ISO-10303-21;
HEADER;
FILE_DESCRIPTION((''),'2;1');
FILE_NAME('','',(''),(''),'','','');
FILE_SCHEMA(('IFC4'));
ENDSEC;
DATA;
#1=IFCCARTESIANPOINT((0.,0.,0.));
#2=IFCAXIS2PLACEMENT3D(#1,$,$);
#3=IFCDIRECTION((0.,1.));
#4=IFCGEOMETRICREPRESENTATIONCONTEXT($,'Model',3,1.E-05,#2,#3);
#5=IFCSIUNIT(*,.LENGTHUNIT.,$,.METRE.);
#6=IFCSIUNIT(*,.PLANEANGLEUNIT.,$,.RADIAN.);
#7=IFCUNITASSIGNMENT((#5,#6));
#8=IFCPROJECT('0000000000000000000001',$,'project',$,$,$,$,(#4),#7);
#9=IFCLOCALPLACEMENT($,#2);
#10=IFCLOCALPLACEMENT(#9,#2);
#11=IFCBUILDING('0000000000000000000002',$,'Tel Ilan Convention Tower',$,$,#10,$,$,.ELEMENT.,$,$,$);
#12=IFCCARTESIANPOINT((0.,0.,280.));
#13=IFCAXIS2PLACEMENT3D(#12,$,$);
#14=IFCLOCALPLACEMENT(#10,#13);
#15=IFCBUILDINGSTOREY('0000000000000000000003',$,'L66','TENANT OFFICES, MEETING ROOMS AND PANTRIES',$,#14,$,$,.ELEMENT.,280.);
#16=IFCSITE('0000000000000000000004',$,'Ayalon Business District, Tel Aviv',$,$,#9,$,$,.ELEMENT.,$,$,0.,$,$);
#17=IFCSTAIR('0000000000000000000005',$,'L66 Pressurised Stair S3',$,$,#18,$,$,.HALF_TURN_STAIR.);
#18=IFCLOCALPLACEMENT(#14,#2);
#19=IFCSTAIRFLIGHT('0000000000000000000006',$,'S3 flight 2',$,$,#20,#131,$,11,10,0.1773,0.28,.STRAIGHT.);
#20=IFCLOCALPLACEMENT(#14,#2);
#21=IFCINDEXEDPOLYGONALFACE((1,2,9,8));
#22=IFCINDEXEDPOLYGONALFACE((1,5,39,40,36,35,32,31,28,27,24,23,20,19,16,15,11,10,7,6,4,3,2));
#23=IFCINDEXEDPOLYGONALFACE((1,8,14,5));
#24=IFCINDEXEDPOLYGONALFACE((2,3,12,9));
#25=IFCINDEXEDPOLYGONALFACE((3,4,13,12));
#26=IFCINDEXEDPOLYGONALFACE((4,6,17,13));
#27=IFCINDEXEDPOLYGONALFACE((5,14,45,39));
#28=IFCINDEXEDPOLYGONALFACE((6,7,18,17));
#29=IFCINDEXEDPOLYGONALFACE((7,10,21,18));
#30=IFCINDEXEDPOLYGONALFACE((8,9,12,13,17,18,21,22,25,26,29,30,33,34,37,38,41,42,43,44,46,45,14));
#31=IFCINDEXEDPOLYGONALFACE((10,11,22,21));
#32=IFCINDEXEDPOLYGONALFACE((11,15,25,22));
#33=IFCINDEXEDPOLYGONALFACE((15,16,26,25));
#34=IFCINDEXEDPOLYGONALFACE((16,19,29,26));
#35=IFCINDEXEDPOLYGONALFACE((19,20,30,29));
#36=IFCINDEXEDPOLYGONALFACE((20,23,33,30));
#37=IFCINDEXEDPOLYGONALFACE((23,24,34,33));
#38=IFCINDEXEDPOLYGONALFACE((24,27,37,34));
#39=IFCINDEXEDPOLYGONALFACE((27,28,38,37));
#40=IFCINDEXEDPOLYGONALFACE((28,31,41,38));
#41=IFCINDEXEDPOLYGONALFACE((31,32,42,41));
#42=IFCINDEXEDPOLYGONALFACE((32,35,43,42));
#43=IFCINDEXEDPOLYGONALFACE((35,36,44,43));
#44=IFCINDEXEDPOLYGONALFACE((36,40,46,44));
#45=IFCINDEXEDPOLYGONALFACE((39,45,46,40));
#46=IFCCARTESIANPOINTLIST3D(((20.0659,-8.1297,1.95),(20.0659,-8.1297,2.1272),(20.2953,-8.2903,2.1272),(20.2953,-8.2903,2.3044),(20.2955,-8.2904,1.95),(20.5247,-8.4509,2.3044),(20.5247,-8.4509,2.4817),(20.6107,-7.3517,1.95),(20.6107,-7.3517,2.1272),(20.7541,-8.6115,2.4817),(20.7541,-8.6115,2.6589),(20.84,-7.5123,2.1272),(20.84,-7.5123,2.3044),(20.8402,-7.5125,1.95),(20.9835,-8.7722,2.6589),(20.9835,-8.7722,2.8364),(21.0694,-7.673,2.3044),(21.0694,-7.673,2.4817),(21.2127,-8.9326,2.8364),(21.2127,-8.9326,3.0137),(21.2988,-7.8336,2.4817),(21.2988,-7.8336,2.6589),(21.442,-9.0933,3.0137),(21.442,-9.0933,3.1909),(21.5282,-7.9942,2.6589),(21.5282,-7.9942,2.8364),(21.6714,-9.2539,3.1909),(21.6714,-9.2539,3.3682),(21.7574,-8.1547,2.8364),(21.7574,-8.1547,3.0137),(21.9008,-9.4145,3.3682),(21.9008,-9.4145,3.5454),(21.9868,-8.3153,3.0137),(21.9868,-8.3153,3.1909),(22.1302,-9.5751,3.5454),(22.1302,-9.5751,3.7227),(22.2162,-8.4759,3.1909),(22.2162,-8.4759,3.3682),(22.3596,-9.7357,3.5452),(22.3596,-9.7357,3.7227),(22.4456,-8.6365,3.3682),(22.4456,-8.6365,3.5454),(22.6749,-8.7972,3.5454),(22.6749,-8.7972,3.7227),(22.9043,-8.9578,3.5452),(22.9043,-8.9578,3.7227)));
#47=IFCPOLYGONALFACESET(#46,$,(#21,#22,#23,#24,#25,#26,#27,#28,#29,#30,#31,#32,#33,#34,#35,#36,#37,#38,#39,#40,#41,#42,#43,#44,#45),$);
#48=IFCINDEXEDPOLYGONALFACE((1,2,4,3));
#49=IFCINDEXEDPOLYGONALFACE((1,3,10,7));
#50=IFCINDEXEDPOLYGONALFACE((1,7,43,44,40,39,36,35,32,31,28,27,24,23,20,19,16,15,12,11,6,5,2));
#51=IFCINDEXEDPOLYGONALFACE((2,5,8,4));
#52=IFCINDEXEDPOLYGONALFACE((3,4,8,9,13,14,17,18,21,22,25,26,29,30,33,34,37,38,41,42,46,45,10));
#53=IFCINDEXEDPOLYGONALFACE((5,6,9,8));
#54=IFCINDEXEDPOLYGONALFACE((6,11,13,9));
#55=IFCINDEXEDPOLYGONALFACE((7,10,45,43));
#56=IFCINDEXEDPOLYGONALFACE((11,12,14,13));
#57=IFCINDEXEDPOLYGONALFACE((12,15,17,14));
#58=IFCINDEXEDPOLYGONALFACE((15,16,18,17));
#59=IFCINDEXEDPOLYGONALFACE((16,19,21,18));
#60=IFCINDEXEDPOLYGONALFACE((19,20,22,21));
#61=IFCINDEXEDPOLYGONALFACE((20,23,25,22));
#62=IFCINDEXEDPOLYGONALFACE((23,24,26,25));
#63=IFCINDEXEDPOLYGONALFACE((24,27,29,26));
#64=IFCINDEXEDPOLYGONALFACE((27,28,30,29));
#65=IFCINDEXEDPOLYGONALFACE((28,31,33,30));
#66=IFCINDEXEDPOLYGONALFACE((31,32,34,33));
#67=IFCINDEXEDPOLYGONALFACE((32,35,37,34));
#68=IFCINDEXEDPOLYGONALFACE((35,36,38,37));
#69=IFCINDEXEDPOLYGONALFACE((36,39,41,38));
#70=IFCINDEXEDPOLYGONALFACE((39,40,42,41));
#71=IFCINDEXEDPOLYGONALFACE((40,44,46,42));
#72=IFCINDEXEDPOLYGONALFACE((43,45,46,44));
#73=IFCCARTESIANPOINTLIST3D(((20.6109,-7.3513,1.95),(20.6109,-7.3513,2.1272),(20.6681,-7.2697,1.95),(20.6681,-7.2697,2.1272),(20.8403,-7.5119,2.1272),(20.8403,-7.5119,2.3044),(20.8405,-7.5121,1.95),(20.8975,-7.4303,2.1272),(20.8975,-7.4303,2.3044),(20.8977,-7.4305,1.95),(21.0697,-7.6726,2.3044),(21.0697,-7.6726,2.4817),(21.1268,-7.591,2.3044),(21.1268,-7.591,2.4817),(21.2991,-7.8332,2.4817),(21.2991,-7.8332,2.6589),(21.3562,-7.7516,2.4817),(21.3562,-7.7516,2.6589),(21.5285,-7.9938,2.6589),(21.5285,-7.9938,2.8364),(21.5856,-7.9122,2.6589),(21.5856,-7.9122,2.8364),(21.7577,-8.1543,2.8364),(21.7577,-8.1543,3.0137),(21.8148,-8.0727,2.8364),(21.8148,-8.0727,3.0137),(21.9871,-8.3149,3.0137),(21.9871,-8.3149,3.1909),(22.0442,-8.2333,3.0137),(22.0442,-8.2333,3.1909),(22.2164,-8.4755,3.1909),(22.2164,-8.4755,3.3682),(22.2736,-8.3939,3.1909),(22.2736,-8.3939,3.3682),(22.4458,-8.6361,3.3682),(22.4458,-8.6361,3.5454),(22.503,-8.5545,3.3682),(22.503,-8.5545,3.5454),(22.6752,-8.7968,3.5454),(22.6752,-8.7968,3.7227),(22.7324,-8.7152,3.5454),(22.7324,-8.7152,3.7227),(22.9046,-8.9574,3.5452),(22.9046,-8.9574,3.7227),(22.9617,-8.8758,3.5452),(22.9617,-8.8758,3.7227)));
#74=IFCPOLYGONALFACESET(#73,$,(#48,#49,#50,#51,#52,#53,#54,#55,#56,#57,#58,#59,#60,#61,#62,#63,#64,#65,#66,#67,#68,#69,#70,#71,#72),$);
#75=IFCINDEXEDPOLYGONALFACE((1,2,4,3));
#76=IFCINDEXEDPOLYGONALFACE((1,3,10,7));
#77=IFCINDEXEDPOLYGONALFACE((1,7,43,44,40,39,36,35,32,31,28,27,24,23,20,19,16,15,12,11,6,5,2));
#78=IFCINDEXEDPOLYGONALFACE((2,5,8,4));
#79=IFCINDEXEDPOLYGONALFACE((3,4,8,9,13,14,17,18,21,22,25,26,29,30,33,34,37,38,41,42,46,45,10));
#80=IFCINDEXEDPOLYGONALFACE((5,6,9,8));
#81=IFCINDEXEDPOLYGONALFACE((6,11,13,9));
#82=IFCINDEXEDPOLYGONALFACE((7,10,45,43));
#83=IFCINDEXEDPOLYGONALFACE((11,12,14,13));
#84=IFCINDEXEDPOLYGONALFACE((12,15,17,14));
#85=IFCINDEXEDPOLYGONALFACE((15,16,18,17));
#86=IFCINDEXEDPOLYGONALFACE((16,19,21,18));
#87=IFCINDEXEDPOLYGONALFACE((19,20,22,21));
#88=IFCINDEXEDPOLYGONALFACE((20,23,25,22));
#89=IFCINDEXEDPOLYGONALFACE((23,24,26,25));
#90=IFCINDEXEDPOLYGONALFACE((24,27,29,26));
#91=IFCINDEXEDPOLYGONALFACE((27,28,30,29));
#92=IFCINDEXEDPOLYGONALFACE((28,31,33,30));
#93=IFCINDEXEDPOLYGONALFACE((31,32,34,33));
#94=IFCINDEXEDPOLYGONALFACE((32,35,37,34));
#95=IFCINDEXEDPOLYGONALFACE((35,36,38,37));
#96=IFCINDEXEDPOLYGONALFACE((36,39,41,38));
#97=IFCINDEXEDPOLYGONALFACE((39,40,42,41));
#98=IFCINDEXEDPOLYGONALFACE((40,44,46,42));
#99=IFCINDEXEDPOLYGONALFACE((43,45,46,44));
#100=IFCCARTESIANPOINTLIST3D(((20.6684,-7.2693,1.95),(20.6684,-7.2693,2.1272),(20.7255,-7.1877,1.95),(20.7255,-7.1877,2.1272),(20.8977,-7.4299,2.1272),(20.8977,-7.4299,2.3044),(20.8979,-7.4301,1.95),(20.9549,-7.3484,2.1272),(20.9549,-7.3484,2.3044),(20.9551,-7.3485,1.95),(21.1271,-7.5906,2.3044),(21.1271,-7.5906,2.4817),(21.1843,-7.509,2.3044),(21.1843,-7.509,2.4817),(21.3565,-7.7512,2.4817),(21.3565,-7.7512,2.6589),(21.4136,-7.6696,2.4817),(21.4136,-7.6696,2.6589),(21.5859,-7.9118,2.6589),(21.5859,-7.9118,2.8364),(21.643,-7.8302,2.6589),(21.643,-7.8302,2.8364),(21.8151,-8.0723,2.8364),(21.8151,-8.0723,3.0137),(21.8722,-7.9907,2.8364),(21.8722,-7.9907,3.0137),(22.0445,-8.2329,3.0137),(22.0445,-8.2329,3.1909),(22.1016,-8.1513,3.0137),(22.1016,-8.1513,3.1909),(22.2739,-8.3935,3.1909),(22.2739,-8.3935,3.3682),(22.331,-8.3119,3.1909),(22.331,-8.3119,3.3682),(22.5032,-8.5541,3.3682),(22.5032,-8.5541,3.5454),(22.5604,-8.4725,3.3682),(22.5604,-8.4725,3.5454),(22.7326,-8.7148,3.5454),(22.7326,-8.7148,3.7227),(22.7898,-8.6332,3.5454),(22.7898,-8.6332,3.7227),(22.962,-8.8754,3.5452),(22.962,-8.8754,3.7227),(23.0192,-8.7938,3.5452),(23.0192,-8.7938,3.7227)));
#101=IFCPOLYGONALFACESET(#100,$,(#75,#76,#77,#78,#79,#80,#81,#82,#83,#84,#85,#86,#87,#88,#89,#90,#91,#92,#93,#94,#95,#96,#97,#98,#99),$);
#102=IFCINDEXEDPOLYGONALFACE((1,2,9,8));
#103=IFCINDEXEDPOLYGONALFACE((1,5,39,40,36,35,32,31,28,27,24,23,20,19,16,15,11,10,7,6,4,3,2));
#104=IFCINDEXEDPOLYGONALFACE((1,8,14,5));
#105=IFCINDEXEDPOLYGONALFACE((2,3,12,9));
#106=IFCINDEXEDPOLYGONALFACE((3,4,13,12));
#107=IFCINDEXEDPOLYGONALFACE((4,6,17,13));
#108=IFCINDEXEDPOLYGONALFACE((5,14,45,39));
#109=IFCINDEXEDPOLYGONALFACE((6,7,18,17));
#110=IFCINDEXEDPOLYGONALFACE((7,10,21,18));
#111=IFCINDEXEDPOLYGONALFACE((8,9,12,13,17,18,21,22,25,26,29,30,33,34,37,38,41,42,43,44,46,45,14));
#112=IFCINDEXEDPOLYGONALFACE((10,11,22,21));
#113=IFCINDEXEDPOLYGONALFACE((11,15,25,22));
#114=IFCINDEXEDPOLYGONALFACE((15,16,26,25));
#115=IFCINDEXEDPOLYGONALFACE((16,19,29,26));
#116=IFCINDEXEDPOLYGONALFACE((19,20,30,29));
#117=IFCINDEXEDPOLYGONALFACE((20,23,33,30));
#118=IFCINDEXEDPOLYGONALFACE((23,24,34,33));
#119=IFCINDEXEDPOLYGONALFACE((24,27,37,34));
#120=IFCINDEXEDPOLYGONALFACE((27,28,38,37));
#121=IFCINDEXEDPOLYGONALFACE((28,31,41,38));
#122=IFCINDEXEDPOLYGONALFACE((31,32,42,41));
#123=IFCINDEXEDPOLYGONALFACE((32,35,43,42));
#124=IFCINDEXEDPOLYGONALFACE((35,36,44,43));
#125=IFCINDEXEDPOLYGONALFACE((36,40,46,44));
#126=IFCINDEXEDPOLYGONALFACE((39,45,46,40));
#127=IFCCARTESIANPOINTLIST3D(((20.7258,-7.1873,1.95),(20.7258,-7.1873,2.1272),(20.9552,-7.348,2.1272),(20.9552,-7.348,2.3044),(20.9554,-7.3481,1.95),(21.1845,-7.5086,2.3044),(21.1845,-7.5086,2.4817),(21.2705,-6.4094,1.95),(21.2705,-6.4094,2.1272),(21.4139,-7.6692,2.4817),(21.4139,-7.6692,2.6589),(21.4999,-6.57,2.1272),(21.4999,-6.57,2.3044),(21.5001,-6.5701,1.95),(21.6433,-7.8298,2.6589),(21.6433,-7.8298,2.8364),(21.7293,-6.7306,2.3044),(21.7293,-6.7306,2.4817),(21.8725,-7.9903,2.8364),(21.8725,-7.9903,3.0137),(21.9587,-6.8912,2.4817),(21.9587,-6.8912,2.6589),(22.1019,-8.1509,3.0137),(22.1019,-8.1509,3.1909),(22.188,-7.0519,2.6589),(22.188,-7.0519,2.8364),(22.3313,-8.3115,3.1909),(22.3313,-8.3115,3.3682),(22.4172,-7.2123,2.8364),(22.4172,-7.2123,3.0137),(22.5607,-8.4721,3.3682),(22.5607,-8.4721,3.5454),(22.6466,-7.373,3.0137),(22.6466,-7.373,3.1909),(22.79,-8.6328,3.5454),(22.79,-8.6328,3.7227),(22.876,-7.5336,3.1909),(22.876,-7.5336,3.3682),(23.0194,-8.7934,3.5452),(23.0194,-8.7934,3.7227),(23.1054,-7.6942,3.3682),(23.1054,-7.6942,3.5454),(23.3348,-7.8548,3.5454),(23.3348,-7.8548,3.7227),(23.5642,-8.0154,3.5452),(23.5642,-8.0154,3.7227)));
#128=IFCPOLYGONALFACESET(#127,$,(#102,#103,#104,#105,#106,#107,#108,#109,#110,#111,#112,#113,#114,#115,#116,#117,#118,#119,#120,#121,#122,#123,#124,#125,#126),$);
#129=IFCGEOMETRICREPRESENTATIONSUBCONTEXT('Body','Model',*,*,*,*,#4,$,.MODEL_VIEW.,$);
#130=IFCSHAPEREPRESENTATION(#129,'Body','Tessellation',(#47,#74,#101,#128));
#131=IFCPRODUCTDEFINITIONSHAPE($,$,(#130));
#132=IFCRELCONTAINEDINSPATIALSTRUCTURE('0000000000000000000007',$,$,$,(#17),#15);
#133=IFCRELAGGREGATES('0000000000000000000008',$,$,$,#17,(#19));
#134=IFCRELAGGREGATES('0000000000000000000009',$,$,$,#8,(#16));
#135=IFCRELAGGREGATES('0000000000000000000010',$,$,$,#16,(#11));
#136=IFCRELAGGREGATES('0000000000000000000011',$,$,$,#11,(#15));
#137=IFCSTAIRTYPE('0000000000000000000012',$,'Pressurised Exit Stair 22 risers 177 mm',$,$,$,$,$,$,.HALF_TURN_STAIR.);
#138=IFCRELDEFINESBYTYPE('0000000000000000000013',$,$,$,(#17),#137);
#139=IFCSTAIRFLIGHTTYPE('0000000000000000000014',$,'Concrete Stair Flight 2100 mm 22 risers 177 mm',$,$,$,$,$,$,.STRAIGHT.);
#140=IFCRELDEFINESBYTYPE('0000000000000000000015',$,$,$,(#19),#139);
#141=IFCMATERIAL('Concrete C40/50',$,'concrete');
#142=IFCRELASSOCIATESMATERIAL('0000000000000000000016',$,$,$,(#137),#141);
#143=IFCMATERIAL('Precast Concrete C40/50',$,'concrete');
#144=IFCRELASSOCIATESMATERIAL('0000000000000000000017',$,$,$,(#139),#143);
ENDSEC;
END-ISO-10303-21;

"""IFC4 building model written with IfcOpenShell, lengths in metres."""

from ifc_helpers import new_model, si_unit, direction, frame, origin, place, context, subcontext, project, spatial, polyline, outline, extrude, material, type_object, element, aggregate, save


model = new_model("IFC4")

# Units and contexts
model_context = context("Model", 3, precision=1e-05, world=origin(), true_north=direction((0.0, 1.0)))
body_context = subcontext(model_context, "Body", "Model", "MODEL_VIEW")
ifc_project = project(units=[si_unit("LENGTHUNIT", "METRE"), si_unit("PLANEANGLEUNIT", "RADIAN")], contexts=[model_context])

# Site, building, storey
site_placement = place(None, origin())
site = spatial("IfcSite", under=ifc_project, at=site_placement, Name="Ayalon Business District, Tel Aviv", CompositionType="ELEMENT", RefElevation=0.0)
building_placement = place(site_placement, origin())
building = spatial("IfcBuilding", under=site, at=building_placement, Name="Tel Ilan Convention Tower", CompositionType="ELEMENT")
storey_placement = place(building_placement, frame((0.0, 0.0, 280.0)))
storey = spatial("IfcBuildingStorey", under=building, at=storey_placement, Name="L66", Description="TENANT OFFICES, MEETING ROOMS AND PANTRIES", CompositionType="ELEMENT", Elevation=280.0)

# Stair, stair flight
ifc_material_1 = material(Name="Concrete C40/50", Category="concrete")
stair_type = type_object("IfcStairType", Name="Pressurised Exit Stair 22 risers 177 mm", PredefinedType="HALF_TURN_STAIR", material=ifc_material_1)
stair_1_placement = place(storey_placement, origin())
stair_1 = element("IfcStair", 1, at=stair_1_placement, inside=storey, type_object=stair_type, Name="L66 Pressurised Stair S3", PredefinedType="HALF_TURN_STAIR")
ifc_material_2 = material(Name="Precast Concrete C40/50", Category="concrete")
stair_flight_type = type_object("IfcStairFlightType", Name="Concrete Stair Flight 2100 mm 22 risers 177 mm", PredefinedType="STRAIGHT", material=ifc_material_2)
stair_flight_1_placement = place(storey_placement, frame((20.6682, -7.2695, 1.95), z_axis=(0.0, 0.0, 1.0), x_axis=(0.819152, -0.573576, 0.0)))
stair_flight_1 = element("IfcStairFlight", 2, at=stair_flight_1_placement, type_object=stair_flight_type, Name="S3 flight 2", NumberOfRisers=11, NumberOfTreads=10, PredefinedType="STRAIGHT", RiserHeight=0.1773, TreadLength=0.28, context=body_context, shape_type="SweptSolid", body=[
    extrude(outline(polyline([(0.0, 0.0), (0.0, 0.1772), (0.28, 0.1772), (0.28, 0.3545), (0.5601, 0.3545), (0.5601, 0.5317), (0.8401, 0.5317), (0.8401, 0.709), (1.1201, 0.709), (1.1201, 0.8865), (1.3999, 0.8865), (1.3999, 1.0637), (1.6799, 1.0637), (1.6799, 1.241), (1.96, 1.241), (1.96, 1.4182), (2.24, 1.4182), (2.24, 1.5955), (2.52, 1.5955), (2.52, 1.7727), (2.8, 1.7727), (2.8, 1.95), (2.8, 1.5952), (0.2803, 0.0), (0.0, 0.0)])), frame((0.0, -0.1003, 0.0), z_axis=(0.0, -1.0, 0.0), x_axis=(1.0, 0.0, 0.0)), (0.0, 0.0, 1.0), 0.9497),
    extrude(outline(polyline([(0.0, 0.0), (0.0, 0.1772), (0.28, 0.1772), (0.28, 0.3545), (0.5601, 0.3545), (0.5601, 0.5317), (0.8401, 0.5317), (0.8401, 0.709), (1.1201, 0.709), (1.1201, 0.8865), (1.3999, 0.8865), (1.3999, 1.0637), (1.6799, 1.0637), (1.6799, 1.241), (1.96, 1.241), (1.96, 1.4182), (2.24, 1.4182), (2.24, 1.5955), (2.52, 1.5955), (2.52, 1.7727), (2.8, 1.7727), (2.8, 1.95), (2.8, 1.5952), (0.2803, 0.0), (0.0, 0.0)])), frame((0.0, -0.0002, 0.0), z_axis=(0.0, -1.0, 0.0), x_axis=(1.0, 0.0, 0.0)), (0.0, 0.0, 1.0), 0.0996),
    extrude(outline(polyline([(0.0, 0.0), (0.0, 0.1772), (0.28, 0.1772), (0.28, 0.3545), (0.5601, 0.3545), (0.5601, 0.5317), (0.8401, 0.5317), (0.8401, 0.709), (1.1201, 0.709), (1.1201, 0.8865), (1.3999, 0.8865), (1.3999, 1.0637), (1.6799, 1.0637), (1.6799, 1.241), (1.96, 1.241), (1.96, 1.4182), (2.24, 1.4182), (2.24, 1.5955), (2.52, 1.5955), (2.52, 1.7727), (2.8, 1.7727), (2.8, 1.95), (2.8, 1.5952), (0.2803, 0.0), (0.0, 0.0)])), frame((0.0, 0.0999, 0.0), z_axis=(0.0, -1.0, 0.0), x_axis=(1.0, 0.0, 0.0)), (0.0, 0.0, 1.0), 0.0996),
    extrude(outline(polyline([(0.0, 0.0), (0.0, 0.1772), (0.28, 0.1772), (0.28, 0.3545), (0.5601, 0.3545), (0.5601, 0.5317), (0.8401, 0.5317), (0.8401, 0.709), (1.1201, 0.709), (1.1201, 0.8865), (1.3999, 0.8865), (1.3999, 1.0637), (1.6799, 1.0637), (1.6799, 1.241), (1.96, 1.241), (1.96, 1.4182), (2.24, 1.4182), (2.24, 1.5955), (2.52, 1.5955), (2.52, 1.7727), (2.8, 1.7727), (2.8, 1.95), (2.8, 1.5952), (0.2803, 0.0), (0.0, 0.0)])), frame((0.0, 1.05, 0.0), z_axis=(0.0, -1.0, 0.0), x_axis=(1.0, 0.0, 0.0)), (0.0, 0.0, 1.0), 0.9497),
])
aggregate(stair_1, [stair_flight_1])

save(model, "model.ifc")
